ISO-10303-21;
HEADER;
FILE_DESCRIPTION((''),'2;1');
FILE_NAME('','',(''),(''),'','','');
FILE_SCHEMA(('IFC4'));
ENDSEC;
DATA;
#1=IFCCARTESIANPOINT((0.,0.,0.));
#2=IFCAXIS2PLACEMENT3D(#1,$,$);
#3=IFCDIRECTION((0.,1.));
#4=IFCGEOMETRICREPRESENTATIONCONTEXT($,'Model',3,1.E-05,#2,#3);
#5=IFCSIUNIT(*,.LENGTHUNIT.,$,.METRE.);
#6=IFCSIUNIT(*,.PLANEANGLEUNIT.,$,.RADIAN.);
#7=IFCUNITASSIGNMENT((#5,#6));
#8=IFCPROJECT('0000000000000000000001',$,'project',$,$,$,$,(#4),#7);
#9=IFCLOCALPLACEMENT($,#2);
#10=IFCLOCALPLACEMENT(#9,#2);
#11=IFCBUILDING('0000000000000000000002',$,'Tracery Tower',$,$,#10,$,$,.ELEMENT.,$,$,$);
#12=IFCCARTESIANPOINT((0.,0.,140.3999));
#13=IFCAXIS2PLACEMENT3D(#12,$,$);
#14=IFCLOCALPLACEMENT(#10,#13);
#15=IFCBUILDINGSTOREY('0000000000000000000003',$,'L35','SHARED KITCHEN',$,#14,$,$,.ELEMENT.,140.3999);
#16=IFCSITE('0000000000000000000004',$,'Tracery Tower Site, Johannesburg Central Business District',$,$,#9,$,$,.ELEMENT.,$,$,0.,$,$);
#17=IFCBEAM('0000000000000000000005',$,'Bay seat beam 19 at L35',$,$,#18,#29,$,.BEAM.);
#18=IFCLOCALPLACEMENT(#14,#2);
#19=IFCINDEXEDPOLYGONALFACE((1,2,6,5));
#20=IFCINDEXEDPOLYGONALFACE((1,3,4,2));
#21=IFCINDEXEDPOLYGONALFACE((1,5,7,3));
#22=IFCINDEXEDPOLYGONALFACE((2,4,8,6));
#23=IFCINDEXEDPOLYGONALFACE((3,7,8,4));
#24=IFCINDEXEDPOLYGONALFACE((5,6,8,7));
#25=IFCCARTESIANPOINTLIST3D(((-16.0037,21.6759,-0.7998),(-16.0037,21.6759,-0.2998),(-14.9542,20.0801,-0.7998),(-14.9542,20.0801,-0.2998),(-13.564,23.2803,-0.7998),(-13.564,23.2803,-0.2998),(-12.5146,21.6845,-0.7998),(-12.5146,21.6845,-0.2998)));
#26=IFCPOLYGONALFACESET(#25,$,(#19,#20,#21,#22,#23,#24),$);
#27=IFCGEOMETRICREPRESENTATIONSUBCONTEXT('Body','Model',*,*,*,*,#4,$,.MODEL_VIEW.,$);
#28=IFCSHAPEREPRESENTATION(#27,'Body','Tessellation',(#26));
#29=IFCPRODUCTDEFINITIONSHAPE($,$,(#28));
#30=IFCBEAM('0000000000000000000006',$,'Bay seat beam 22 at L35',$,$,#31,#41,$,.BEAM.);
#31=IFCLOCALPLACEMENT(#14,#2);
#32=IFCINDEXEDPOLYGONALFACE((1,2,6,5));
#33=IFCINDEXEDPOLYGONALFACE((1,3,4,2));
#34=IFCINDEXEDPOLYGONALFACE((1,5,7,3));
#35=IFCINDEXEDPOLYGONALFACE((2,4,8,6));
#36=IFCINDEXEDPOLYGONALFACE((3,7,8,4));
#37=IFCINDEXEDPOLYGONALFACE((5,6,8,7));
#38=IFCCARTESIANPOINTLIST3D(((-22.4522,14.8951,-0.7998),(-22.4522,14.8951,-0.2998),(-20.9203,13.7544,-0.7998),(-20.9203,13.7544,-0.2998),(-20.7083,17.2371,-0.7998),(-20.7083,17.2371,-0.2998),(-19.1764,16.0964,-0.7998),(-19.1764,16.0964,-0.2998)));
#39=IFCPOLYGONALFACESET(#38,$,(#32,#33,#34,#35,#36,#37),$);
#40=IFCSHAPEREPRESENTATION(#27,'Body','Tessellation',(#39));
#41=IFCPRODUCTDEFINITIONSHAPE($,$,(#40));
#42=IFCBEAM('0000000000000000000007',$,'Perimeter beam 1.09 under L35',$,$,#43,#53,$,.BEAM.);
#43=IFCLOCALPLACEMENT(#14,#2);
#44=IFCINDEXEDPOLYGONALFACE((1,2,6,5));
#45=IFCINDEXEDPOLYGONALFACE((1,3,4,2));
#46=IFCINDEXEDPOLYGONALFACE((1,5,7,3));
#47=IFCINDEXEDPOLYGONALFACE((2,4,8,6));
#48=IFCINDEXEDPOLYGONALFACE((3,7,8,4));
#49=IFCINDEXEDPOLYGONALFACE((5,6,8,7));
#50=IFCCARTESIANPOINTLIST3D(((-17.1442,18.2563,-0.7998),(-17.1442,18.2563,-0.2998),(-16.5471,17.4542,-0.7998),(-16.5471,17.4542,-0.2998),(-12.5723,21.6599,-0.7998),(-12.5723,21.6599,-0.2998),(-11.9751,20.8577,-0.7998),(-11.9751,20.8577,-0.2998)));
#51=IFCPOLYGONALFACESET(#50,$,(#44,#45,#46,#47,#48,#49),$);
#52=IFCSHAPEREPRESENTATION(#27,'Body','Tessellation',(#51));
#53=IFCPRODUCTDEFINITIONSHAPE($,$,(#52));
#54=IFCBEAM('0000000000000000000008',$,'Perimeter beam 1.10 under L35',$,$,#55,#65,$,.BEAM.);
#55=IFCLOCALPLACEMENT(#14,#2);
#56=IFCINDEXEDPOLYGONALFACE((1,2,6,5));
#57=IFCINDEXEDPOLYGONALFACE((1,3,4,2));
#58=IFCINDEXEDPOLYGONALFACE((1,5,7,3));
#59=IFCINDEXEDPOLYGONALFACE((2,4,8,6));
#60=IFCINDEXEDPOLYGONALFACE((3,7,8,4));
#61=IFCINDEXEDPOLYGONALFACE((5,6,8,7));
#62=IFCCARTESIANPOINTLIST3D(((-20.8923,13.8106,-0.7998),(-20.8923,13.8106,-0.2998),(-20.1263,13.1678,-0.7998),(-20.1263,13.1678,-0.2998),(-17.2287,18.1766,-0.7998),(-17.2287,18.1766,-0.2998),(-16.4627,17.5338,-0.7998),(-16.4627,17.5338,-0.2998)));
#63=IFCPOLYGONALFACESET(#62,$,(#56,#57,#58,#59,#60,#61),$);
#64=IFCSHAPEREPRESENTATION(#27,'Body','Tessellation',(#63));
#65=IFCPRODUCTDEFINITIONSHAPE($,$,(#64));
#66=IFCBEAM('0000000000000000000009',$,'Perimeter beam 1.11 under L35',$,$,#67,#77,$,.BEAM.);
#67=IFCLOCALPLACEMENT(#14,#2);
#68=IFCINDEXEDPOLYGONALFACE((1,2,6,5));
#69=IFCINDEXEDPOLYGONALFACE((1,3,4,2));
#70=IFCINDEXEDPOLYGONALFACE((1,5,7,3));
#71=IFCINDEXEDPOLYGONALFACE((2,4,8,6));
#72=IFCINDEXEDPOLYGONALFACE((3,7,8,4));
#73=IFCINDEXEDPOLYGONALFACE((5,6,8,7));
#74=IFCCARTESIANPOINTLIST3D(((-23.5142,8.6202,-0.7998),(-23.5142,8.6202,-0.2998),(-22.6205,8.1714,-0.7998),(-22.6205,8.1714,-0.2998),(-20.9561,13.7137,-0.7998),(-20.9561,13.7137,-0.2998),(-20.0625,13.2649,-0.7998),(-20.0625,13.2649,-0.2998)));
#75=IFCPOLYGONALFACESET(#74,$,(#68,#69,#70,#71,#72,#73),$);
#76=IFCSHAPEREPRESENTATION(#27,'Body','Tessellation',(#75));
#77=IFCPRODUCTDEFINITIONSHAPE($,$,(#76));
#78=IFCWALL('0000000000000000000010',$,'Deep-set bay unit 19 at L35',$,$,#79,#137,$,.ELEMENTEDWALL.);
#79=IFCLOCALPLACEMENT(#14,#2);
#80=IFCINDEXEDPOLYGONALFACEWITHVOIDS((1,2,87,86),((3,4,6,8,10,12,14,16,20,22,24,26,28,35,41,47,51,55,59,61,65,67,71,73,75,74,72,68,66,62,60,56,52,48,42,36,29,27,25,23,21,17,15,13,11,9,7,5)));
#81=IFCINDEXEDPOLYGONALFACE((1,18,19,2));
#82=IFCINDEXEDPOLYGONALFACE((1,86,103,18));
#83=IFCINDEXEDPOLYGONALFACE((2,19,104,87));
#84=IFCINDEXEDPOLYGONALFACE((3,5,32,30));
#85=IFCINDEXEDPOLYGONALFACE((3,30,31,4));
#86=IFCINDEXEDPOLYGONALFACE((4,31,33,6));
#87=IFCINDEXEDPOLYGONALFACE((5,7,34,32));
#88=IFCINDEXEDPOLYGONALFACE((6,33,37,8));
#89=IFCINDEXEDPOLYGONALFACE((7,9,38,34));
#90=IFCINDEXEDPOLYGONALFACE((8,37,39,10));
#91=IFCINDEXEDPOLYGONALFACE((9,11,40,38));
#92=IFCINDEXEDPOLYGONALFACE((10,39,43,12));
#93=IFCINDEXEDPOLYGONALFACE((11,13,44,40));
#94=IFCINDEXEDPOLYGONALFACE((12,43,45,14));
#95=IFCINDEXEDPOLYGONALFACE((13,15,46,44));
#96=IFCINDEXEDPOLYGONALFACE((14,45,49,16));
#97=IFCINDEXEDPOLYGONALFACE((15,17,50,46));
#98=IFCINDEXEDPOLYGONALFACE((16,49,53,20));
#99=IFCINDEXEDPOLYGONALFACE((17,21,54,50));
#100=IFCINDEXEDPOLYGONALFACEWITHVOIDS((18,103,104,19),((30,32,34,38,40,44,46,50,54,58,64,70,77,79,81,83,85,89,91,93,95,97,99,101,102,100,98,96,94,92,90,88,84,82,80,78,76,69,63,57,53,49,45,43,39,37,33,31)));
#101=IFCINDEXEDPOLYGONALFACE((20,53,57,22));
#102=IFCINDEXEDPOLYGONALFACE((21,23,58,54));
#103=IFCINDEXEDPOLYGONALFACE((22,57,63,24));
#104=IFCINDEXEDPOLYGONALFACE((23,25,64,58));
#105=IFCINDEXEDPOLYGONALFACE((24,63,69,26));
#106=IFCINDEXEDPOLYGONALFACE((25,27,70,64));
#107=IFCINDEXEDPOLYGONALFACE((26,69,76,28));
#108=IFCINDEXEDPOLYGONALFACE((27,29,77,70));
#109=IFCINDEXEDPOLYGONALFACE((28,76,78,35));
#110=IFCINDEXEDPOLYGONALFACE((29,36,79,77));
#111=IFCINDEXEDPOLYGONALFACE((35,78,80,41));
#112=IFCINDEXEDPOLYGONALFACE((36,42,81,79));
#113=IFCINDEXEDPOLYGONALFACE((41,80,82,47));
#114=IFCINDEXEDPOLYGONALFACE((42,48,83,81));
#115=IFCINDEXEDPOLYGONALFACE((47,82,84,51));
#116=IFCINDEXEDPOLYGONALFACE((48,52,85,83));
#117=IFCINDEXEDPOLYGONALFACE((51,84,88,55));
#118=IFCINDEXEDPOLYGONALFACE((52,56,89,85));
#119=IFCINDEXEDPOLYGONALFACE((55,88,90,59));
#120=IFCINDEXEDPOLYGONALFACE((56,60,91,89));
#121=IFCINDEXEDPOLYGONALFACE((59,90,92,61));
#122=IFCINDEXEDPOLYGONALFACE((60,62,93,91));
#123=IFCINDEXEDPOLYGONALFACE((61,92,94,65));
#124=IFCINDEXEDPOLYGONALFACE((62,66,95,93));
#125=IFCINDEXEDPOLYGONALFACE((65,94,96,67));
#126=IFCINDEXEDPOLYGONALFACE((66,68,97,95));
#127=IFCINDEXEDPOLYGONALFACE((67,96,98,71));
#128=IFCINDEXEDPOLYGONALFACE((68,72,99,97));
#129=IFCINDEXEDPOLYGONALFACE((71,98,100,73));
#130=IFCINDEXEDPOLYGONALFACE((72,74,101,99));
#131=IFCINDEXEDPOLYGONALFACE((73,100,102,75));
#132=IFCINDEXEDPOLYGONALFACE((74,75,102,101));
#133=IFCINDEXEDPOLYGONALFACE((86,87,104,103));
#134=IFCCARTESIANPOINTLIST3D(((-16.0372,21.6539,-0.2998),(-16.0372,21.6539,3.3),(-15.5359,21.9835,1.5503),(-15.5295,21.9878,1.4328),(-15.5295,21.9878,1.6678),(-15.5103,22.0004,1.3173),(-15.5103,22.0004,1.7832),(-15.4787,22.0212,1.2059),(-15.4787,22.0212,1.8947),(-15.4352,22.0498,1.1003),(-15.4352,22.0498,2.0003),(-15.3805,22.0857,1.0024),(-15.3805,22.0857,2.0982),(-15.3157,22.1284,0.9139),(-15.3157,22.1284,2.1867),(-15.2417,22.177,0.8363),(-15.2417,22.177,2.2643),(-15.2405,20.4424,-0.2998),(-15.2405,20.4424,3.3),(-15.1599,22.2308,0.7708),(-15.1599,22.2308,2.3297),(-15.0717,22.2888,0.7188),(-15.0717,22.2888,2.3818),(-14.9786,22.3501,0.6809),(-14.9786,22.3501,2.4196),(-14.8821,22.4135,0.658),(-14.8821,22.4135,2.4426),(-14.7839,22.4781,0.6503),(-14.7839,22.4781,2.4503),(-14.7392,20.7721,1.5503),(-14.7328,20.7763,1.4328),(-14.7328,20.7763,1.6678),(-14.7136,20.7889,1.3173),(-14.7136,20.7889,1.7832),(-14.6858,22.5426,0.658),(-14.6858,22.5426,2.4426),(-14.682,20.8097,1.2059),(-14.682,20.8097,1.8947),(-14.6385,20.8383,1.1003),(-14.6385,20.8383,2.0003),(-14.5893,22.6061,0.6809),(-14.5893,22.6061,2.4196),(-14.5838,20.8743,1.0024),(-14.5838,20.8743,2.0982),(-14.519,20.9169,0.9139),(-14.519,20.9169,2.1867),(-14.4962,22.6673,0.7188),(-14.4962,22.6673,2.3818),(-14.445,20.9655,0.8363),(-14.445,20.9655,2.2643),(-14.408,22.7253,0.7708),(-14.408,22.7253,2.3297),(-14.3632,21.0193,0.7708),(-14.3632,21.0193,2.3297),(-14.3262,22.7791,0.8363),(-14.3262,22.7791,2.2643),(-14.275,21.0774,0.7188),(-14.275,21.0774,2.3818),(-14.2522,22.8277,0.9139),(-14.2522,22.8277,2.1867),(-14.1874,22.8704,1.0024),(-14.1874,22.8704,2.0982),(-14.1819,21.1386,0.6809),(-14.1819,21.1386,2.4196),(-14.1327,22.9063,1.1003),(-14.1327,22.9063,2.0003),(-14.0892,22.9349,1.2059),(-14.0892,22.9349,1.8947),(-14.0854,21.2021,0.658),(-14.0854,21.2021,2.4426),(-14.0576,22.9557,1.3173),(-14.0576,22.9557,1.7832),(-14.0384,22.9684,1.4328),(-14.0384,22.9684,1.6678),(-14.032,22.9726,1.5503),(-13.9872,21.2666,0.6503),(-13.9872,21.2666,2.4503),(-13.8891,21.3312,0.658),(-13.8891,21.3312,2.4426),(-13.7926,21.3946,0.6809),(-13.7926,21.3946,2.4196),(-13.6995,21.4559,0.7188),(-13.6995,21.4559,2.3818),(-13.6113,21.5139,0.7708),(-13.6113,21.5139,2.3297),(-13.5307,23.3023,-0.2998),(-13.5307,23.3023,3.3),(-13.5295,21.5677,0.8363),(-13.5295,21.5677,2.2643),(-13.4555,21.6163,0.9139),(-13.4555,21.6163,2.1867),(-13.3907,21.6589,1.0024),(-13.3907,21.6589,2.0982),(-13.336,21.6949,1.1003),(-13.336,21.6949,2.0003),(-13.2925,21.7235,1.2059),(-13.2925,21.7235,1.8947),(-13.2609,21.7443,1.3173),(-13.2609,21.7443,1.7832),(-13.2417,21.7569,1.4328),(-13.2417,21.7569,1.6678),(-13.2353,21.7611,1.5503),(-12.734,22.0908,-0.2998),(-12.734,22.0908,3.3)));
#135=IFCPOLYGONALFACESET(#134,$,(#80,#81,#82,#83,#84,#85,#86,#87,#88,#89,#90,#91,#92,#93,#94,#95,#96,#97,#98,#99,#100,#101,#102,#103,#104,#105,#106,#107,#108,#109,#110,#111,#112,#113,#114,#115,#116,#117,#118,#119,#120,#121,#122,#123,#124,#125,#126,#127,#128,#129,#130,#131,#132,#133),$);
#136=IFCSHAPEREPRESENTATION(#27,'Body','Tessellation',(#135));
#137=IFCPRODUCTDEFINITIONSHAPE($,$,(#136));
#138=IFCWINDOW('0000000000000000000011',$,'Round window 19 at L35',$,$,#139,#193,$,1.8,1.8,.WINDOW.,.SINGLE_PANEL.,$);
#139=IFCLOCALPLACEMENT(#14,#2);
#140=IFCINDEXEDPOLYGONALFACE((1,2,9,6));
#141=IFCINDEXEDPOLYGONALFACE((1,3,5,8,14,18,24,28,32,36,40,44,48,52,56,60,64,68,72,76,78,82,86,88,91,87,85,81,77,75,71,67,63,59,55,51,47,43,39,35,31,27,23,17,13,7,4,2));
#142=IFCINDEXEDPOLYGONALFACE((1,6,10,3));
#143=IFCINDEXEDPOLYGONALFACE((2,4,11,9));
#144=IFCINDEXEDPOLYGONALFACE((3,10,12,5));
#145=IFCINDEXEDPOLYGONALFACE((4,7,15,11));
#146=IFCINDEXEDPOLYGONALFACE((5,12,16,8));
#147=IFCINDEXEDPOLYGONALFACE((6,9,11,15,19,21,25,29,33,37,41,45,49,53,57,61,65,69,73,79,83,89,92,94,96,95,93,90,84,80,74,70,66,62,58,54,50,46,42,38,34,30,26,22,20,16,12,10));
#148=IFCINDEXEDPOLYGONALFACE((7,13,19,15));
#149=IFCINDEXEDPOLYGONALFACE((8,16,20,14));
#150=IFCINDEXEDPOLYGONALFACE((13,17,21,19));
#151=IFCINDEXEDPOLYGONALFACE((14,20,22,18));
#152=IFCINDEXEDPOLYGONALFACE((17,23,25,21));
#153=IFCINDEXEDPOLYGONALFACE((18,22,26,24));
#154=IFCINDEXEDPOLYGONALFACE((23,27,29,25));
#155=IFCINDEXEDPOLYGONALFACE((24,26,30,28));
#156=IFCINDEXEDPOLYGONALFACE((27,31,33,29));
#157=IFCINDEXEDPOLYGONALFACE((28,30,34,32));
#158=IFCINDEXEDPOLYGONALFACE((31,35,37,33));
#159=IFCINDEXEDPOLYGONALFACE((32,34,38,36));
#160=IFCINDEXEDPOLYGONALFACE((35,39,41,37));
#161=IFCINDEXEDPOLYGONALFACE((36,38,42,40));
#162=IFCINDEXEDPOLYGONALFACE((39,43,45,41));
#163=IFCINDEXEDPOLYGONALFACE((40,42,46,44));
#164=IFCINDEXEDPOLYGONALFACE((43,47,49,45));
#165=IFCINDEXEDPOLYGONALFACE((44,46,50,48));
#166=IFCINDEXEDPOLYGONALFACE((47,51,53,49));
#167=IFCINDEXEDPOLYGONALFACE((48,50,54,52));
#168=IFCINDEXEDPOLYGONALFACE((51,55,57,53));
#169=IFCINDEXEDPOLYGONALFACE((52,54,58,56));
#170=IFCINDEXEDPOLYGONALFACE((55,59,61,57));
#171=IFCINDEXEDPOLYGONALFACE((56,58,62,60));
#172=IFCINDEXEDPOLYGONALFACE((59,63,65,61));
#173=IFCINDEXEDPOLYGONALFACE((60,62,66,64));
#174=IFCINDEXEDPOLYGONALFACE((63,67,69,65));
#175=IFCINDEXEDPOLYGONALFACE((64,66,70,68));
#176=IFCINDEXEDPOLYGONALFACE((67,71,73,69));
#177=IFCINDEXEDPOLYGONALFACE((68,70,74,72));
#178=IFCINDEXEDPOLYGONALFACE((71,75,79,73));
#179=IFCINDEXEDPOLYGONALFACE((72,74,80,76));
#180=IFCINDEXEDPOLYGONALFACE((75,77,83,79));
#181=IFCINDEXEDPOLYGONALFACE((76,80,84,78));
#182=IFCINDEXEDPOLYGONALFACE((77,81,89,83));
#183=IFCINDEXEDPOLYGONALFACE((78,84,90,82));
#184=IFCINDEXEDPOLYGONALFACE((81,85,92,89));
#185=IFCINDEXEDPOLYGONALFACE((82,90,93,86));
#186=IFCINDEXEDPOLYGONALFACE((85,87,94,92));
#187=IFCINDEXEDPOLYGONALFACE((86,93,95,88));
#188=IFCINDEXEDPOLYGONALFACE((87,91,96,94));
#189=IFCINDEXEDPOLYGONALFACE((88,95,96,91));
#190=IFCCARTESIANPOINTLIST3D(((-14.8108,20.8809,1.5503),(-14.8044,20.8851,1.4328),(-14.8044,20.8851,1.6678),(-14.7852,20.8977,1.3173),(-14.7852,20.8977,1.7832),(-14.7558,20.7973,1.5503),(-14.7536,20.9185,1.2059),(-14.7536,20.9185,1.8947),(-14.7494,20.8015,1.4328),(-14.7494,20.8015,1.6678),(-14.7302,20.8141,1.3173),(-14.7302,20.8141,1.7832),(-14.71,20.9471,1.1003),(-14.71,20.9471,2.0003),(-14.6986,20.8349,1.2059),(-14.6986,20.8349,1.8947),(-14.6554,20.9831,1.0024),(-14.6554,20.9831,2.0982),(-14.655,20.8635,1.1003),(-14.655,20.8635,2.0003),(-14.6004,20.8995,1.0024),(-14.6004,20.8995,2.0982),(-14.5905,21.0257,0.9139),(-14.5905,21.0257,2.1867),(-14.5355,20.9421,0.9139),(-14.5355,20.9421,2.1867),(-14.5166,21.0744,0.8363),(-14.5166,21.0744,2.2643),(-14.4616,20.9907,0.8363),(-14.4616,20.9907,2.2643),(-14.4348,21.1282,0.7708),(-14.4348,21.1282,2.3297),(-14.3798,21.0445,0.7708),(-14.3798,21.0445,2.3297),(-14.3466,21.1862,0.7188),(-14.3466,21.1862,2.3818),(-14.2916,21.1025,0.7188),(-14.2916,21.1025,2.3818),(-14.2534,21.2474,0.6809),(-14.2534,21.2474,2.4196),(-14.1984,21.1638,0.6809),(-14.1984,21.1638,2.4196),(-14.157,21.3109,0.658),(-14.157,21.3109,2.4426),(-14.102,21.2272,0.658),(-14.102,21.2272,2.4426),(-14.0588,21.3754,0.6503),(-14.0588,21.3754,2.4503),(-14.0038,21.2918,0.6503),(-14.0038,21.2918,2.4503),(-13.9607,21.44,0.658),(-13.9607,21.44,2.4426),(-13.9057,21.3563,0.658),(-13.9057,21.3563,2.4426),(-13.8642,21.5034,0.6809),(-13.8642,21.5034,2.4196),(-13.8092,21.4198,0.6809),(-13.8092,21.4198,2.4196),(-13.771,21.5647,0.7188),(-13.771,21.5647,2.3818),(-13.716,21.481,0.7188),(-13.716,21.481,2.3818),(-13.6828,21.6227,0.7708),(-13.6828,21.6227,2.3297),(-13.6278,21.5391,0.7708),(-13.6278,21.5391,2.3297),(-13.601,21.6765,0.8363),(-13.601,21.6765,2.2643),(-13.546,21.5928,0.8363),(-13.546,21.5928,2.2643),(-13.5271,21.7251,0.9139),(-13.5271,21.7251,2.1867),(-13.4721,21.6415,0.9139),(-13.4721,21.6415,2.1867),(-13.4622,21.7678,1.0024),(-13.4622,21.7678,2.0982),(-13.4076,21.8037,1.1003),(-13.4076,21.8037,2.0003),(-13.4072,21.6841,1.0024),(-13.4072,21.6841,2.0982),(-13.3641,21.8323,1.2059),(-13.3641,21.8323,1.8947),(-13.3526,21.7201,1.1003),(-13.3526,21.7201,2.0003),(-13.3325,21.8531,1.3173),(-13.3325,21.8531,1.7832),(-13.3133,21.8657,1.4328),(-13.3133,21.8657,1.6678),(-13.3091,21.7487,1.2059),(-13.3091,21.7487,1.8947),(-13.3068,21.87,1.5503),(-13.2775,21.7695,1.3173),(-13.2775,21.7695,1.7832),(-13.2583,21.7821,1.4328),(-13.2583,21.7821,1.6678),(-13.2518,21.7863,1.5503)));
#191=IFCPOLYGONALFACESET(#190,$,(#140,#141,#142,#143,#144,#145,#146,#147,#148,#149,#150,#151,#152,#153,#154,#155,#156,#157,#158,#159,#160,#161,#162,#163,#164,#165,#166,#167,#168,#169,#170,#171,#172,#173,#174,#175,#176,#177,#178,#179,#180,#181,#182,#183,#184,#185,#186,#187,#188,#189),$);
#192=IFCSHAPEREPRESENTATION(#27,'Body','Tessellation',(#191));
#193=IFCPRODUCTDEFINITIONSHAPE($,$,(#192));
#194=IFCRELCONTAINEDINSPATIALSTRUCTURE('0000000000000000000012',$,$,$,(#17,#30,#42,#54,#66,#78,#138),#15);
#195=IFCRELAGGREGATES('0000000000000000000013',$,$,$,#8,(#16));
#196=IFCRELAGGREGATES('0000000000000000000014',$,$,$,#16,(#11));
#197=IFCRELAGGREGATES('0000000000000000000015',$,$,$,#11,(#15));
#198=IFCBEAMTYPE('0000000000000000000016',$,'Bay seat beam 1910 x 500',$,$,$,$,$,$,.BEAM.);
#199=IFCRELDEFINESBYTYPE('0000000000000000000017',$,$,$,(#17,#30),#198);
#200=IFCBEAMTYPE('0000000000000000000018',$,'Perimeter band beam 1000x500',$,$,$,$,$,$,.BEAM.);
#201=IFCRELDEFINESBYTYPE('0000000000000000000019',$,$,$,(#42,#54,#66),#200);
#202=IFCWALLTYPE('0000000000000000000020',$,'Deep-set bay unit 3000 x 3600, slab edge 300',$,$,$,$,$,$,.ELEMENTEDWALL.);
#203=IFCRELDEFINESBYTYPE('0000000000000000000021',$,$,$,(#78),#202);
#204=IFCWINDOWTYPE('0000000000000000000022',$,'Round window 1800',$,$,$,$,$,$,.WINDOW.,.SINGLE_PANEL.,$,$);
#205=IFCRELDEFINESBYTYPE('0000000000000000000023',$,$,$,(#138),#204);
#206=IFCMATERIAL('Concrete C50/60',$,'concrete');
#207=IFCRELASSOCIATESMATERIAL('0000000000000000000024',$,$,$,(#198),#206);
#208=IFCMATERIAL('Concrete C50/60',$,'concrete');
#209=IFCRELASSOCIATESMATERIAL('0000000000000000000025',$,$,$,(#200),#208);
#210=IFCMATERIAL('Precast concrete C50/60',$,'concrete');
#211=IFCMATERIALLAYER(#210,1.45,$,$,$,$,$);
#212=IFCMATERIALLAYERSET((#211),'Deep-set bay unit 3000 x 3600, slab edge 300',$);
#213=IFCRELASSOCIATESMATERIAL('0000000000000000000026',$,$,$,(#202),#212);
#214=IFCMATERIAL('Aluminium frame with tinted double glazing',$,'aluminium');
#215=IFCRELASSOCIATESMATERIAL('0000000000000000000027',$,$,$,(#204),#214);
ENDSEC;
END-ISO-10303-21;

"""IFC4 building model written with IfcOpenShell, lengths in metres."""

from ifc_helpers import new_model, si_unit, direction, frame, frame_2d, origin, origin_2d, place, context, subcontext, project, spatial, rectangle, circle, extrude, material, layer, layer_set, material_profile, profile_set, type_object, element, fill, save


model = new_model("IFC4")

# Units and contexts
model_context = context("Model", 3, precision=1e-05, world=origin(), true_north=direction((0.0, 1.0)))
body_context = subcontext(model_context, "Body", "Model", "MODEL_VIEW")
ifc_project = project(units=[si_unit("LENGTHUNIT", "METRE"), si_unit("PLANEANGLEUNIT", "RADIAN")], contexts=[model_context])

# Site, building, storey
site_placement = place(None, origin())
site = spatial("IfcSite", under=ifc_project, at=site_placement, Name="Tracery Tower Site, Johannesburg Central Business District", CompositionType="ELEMENT", RefElevation=0.0)
building_placement = place(site_placement, origin())
building = spatial("IfcBuilding", under=site, at=building_placement, Name="Tracery Tower", CompositionType="ELEMENT")
storey_placement = place(building_placement, frame((0.0, 0.0, 140.3999)))
storey = spatial("IfcBuildingStorey", under=building, at=storey_placement, Name="L35", Description="SHARED KITCHEN", CompositionType="ELEMENT", Elevation=140.3999)

# Beams
ifc_material_1 = material(Name="Concrete C50/60", Category="concrete")
ifc_material_profile_1 = material_profile(ifc_material_1, rectangle(XDim=1.9099, YDim=0.5, at=origin_2d()), Name="RC 1910x500")
ifc_profile_set_1 = profile_set([ifc_material_profile_1], Name="Concrete C50/60")
beam_type_1 = type_object("IfcBeamType", Name="Bay seat beam 1910 x 500", PredefinedType="BEAM", material=ifc_profile_set_1)
for number, where, z_axis, x_axis, name in (
    (1, (-13.0393, 22.4824, -0.5498), (-0.835507, -0.54948, 0.0), (0.54948, -0.835507, 0.0), "Bay seat beam 19 at L35"),
    (2, (-19.9424, 16.6667, -0.5498), (-0.597227, -0.802072, 0.0), (0.802072, -0.597227, 0.0), "Bay seat beam 22 at L35"),
):
    element("IfcBeam", number, at=place(storey_placement, frame(where, z_axis=z_axis, x_axis=x_axis)), inside=storey, type_object=beam_type_1, Name=name, PredefinedType="BEAM", context=body_context, shape_type="SweptSolid", body=[
        extrude(rectangle(XDim=1.9099, YDim=0.5, at=origin_2d()), origin(), (0.0, 0.0, 1.0), 2.9199),
    ])
ifc_material_2 = material(Name="Concrete C50/60", Category="concrete")
ifc_material_profile_2 = material_profile(ifc_material_2, rectangle(XDim=1.0, YDim=0.5, at=origin_2d()), Name="RC 1000x500")
ifc_profile_set_2 = profile_set([ifc_material_profile_2], Name="Concrete C50/60")
beam_type_2 = type_object("IfcBeamType", Name="Perimeter band beam 1000x500", PredefinedType="BEAM", material=ifc_profile_set_2)
beam_1_placement = place(storey_placement, frame((-12.2737, 21.2588, -0.5498), z_axis=(-0.802138, -0.597138, 0.0), x_axis=(0.597138, -0.802138, 0.0)))
element("IfcBeam", 3, at=beam_1_placement, inside=storey, type_object=beam_type_2, Name="Perimeter beam 1.09 under L35", PredefinedType="BEAM", context=body_context, shape_type="SweptSolid", body=[
    extrude(rectangle(XDim=1.0, YDim=0.5, at=origin_2d()), origin(), (0.0, 0.0, 1.0), 5.6997),
])
beam_2_placement = place(storey_placement, frame((-16.8457, 17.8552, -0.5498), z_axis=(-0.642797, -0.766036, 0.0), x_axis=(0.766036, -0.642797, 0.0)))
element("IfcBeam", 4, at=beam_2_placement, inside=storey, type_object=beam_type_2, Name="Perimeter beam 1.10 under L35", PredefinedType="BEAM", context=body_context, shape_type="SweptSolid", body=[
    extrude(rectangle(XDim=1.0, YDim=0.5, at=origin_2d()), origin(), (0.0, 0.0, 1.0), 5.6995),
])
beam_3_placement = place(storey_placement, frame((-20.5093, 13.4893, -0.5498), z_axis=(-0.448806, -0.893629, 0.0), x_axis=(0.893629, -0.448806, 0.0)))
element("IfcBeam", 5, at=beam_3_placement, inside=storey, type_object=beam_type_2, Name="Perimeter beam 1.11 under L35", PredefinedType="BEAM", context=body_context, shape_type="SweptSolid", body=[
    extrude(rectangle(XDim=1.0, YDim=0.5, at=origin_2d()), origin(), (0.0, 0.0, 1.0), 5.6997),
])

# Wall, opening, window
ifc_material_3 = material(Name="Precast concrete C50/60", Category="concrete")
ifc_layer_1 = layer(ifc_material_3, 1.45)
ifc_layer_set_1 = layer_set([ifc_layer_1], Name="Deep-set bay unit 3000 x 3600, slab edge 300")
wall_type_1 = type_object("IfcWallType", Name="Deep-set bay unit 3000 x 3600, slab edge 300", PredefinedType="ELEMENTEDWALL", material=ifc_layer_set_1)
wall_1_placement = place(storey_placement, frame((-13.1323, 22.6965, -0.2998), z_axis=(0.0, 0.0, 1.0), x_axis=(-0.835514, -0.549469, 0.0)))
wall_1 = element("IfcWall", 6, at=wall_1_placement, inside=storey, type_object=wall_type_1, Name="Deep-set bay unit 19 at L35", PredefinedType="ELEMENTEDWALL", context=body_context, shape_type="SweptSolid", body=[
    extrude(rectangle(XDim=3.0, YDim=1.45, at=frame_2d((1.5, 0.0))), origin(), (0.0, 0.0, 1.0), 3.5999),
])
opening_1_placement = place(wall_1_placement, frame((1.5, 0.0, 1.8501)))
opening_1 = element("IfcOpeningElement", 7, at=opening_1_placement, cuts=wall_1, PredefinedType="OPENING", context=body_context, shape_type="SweptSolid", body=[
    extrude(circle(Radius=0.9, at=origin_2d()), frame((0.0, 0.7349, 0.0), z_axis=(0.0, -1.0, 0.0), x_axis=(1.0, 0.0, 0.0)), (0.0, 0.0, 1.0), 1.47),
])
ifc_material_4 = material(Name="Aluminium frame with tinted double glazing", Category="aluminium")
window_type = type_object("IfcWindowType", Name="Round window 1800", PartitioningType="SINGLE_PANEL", PredefinedType="WINDOW", material=ifc_material_4)
window_1_placement = place(opening_1_placement, origin())
window_1 = element("IfcWindow", 8, at=window_1_placement, inside=storey, type_object=window_type, Name="Round window 19 at L35", OverallHeight=1.8, OverallWidth=1.8, PartitioningType="SINGLE_PANEL", PredefinedType="WINDOW", context=body_context, shape_type="SweptSolid", body=[
    extrude(circle(Radius=0.9, at=origin_2d()), frame((0.0, 0.6948, 0.0), z_axis=(0.0, -1.0, 0.0), x_axis=(1.0, 0.0, 0.0)), (0.0, 0.0, 1.0), 0.1001),
])
fill(opening_1, window_1)

save(model, "model.ifc")
